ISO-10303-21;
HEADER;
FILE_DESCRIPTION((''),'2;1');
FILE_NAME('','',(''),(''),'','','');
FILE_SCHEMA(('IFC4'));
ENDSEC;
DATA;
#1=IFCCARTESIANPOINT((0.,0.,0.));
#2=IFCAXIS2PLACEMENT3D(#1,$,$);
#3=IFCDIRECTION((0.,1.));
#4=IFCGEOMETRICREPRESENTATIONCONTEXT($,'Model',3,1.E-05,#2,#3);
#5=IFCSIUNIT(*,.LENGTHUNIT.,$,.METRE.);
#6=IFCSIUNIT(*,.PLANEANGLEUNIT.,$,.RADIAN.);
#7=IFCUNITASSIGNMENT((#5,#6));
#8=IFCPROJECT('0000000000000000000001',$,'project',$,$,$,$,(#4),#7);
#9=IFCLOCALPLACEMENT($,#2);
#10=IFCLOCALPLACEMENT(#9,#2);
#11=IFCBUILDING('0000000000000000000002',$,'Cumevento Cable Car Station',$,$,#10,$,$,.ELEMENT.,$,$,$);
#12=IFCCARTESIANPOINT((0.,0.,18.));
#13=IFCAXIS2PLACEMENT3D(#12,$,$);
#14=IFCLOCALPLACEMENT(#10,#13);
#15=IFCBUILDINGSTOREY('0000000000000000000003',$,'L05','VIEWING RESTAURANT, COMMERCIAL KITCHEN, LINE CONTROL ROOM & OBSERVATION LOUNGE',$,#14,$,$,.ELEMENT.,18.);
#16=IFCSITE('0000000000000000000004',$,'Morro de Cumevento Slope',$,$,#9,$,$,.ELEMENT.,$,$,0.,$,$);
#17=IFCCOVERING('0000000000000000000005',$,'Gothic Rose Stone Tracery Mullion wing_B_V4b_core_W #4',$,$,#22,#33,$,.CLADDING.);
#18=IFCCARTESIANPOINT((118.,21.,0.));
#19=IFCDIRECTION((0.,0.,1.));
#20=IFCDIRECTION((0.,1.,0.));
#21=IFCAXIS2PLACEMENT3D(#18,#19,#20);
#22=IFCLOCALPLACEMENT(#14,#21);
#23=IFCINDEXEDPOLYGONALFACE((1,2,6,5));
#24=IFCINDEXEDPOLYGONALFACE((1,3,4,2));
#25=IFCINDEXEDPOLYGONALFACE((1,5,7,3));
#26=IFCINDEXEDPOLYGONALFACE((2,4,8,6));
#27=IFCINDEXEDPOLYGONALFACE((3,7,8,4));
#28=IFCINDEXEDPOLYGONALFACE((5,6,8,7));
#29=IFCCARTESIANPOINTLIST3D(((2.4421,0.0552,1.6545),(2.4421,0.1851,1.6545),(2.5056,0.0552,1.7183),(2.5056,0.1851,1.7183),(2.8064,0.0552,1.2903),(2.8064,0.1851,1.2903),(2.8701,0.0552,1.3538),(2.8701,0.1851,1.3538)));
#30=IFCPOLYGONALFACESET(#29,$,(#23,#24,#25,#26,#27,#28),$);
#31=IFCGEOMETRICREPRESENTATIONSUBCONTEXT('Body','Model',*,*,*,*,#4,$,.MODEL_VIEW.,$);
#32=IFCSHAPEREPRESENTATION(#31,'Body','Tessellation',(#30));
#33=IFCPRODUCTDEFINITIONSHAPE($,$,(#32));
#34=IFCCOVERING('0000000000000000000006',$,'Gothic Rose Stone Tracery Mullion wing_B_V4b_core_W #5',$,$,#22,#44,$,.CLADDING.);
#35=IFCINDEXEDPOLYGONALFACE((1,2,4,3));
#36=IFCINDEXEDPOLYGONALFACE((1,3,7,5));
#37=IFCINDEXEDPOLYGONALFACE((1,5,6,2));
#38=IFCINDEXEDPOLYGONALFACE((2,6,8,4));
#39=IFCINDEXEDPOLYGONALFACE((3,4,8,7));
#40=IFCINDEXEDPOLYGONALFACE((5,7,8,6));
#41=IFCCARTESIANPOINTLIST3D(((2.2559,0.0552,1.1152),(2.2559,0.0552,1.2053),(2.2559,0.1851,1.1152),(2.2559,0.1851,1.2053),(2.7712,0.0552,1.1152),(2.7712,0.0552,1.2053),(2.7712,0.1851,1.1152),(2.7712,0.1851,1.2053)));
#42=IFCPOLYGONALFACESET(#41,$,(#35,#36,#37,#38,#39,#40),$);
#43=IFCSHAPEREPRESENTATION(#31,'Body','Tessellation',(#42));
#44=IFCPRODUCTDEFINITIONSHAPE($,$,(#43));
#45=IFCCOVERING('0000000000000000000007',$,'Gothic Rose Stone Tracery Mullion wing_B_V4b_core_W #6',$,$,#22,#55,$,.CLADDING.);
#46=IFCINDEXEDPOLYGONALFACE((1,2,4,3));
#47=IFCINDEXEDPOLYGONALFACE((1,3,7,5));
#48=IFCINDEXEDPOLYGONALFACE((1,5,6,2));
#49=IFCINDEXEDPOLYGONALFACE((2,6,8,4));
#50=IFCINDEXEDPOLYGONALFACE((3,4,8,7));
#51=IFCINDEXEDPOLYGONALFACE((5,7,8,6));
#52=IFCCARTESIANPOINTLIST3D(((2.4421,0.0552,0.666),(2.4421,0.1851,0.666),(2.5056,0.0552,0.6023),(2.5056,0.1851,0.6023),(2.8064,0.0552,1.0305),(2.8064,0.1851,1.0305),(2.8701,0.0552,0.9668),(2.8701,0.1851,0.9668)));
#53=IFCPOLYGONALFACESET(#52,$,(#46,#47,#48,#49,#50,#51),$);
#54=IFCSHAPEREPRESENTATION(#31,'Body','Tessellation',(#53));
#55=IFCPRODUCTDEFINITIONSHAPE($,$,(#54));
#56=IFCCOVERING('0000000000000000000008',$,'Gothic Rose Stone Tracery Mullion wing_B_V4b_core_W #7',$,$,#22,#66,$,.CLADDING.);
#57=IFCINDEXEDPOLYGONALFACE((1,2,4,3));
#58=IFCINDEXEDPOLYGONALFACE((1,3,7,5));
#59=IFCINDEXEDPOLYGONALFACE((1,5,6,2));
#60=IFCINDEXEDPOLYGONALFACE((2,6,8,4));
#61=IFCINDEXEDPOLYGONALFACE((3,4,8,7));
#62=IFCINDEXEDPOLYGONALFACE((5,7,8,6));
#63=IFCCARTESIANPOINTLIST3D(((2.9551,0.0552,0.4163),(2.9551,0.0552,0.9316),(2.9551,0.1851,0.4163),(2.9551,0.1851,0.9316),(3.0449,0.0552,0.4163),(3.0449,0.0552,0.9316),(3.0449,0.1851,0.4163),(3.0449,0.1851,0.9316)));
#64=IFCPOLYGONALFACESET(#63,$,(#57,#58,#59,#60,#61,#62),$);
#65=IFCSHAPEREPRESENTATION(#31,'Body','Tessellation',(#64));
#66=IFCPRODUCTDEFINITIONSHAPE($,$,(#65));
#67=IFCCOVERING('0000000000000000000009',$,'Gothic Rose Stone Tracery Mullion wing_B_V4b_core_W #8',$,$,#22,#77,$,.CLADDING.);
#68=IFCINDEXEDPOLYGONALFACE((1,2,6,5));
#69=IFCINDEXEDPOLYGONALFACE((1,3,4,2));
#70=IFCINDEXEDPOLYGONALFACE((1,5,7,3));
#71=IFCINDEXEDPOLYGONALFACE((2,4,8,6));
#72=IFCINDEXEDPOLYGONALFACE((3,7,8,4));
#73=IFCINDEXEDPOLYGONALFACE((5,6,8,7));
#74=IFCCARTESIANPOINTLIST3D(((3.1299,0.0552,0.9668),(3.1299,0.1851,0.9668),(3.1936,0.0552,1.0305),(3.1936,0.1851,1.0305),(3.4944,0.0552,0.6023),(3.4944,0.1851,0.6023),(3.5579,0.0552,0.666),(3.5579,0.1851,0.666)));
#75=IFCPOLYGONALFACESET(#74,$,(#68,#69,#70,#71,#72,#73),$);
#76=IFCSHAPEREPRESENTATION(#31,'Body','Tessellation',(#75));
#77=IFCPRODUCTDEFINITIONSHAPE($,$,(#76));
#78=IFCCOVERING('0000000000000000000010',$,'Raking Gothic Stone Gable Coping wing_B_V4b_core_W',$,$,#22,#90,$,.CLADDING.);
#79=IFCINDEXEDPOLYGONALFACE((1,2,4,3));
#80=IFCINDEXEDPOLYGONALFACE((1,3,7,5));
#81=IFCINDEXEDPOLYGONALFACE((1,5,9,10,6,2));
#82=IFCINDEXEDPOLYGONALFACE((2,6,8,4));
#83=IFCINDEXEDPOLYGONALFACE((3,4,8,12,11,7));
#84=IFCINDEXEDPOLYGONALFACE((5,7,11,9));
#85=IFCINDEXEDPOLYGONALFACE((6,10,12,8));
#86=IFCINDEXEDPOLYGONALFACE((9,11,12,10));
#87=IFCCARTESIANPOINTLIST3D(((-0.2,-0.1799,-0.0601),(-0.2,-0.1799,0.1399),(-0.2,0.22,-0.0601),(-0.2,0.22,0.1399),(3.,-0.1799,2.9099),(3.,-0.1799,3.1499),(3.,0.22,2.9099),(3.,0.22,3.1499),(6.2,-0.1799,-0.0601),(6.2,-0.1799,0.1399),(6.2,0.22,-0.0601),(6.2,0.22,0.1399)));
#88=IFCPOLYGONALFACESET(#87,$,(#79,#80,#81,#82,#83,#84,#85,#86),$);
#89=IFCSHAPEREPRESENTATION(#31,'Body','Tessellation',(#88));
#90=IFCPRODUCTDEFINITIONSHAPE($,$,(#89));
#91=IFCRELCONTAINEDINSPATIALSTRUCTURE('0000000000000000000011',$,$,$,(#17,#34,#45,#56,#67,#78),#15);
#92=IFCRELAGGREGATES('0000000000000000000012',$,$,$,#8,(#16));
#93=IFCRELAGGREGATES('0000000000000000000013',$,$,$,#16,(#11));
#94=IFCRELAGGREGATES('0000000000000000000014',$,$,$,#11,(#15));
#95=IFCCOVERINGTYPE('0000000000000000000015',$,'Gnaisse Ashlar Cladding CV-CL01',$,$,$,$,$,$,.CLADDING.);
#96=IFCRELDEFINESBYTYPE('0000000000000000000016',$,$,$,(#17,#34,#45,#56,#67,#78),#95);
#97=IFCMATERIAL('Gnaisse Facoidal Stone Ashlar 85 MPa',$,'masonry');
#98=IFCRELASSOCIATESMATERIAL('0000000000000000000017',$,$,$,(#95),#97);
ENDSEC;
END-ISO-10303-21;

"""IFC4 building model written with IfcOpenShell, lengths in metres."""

from ifc_helpers import new_model, si_unit, direction, frame, origin, place, context, subcontext, project, spatial, polyline, outline, extrude, material, type_object, element, save


model = new_model("IFC4")

# Units and contexts
model_context = context("Model", 3, precision=1e-05, world=origin(), true_north=direction((0.0, 1.0)))
body_context = subcontext(model_context, "Body", "Model", "MODEL_VIEW")
ifc_project = project(units=[si_unit("LENGTHUNIT", "METRE"), si_unit("PLANEANGLEUNIT", "RADIAN")], contexts=[model_context])

# Site, building, storey
site_placement = place(None, origin())
site = spatial("IfcSite", under=ifc_project, at=site_placement, Name="Morro de Cumevento Slope", CompositionType="ELEMENT", RefElevation=0.0)
building_placement = place(site_placement, origin())
building = spatial("IfcBuilding", under=site, at=building_placement, Name="Cumevento Cable Car Station", CompositionType="ELEMENT")
storey_placement = place(building_placement, frame((0.0, 0.0, 18.0)))
storey = spatial("IfcBuildingStorey", under=building, at=storey_placement, Name="L05", Description="VIEWING RESTAURANT, COMMERCIAL KITCHEN, LINE CONTROL ROOM & OBSERVATION LOUNGE", CompositionType="ELEMENT", Elevation=18.0)

# Coverings
ifc_material_1 = material(Name="Gnaisse Facoidal Stone Ashlar 85 MPa", Category="masonry")
covering_type_1 = type_object("IfcCoveringType", Name="Gnaisse Ashlar Cladding CV-CL01", PredefinedType="CLADDING", material=ifc_material_1)
placement = place(storey_placement, frame((118.0, 21.0, 0.0), z_axis=(0.0, 0.0, 1.0), x_axis=(0.0, 1.0, 0.0)))
element("IfcCovering", 1, at=placement, inside=storey, type_object=covering_type_1, Name="Gothic Rose Stone Tracery Mullion wing_B_V4b_core_W #4", PredefinedType="CLADDING", context=body_context, shape_type="SweptSolid", body=[
    extrude(outline(polyline([(2.8064, 1.2903), (2.4421, 1.6545), (2.5056, 1.7183), (2.8701, 1.3538), (2.8064, 1.2903)])), frame((0.0, 0.1851, 0.0), z_axis=(0.0, -1.0, 0.0), x_axis=(1.0, 0.0, 0.0)), (0.0, 0.0, 1.0), 0.1299),
])
element("IfcCovering", 2, at=placement, inside=storey, type_object=covering_type_1, Name="Gothic Rose Stone Tracery Mullion wing_B_V4b_core_W #5", PredefinedType="CLADDING", context=body_context, shape_type="SweptSolid", body=[
    extrude(outline(polyline([(2.7712, 1.1152), (2.2559, 1.1152), (2.2559, 1.2053), (2.7712, 1.2053), (2.7712, 1.1152)])), frame((0.0, 0.1851, 0.0), z_axis=(0.0, -1.0, 0.0), x_axis=(1.0, 0.0, 0.0)), (0.0, 0.0, 1.0), 0.1299),
])
element("IfcCovering", 3, at=placement, inside=storey, type_object=covering_type_1, Name="Gothic Rose Stone Tracery Mullion wing_B_V4b_core_W #6", PredefinedType="CLADDING", context=body_context, shape_type="SweptSolid", body=[
    extrude(outline(polyline([(2.8701, 0.9668), (2.5056, 0.6023), (2.4421, 0.666), (2.8064, 1.0305), (2.8701, 0.9668)])), frame((0.0, 0.1851, 0.0), z_axis=(0.0, -1.0, 0.0), x_axis=(1.0, 0.0, 0.0)), (0.0, 0.0, 1.0), 0.1299),
])
element("IfcCovering", 4, at=placement, inside=storey, type_object=covering_type_1, Name="Gothic Rose Stone Tracery Mullion wing_B_V4b_core_W #7", PredefinedType="CLADDING", context=body_context, shape_type="SweptSolid", body=[
    extrude(outline(polyline([(3.0449, 0.9316), (3.0449, 0.4163), (2.9551, 0.4163), (2.9551, 0.9316), (3.0449, 0.9316)])), frame((0.0, 0.1851, 0.0), z_axis=(0.0, -1.0, 0.0), x_axis=(1.0, 0.0, 0.0)), (0.0, 0.0, 1.0), 0.1299),
])
element("IfcCovering", 5, at=placement, inside=storey, type_object=covering_type_1, Name="Gothic Rose Stone Tracery Mullion wing_B_V4b_core_W #8", PredefinedType="CLADDING", context=body_context, shape_type="SweptSolid", body=[
    extrude(outline(polyline([(3.1936, 1.0305), (3.5579, 0.666), (3.4944, 0.6023), (3.1299, 0.9668), (3.1936, 1.0305)])), frame((0.0, 0.1851, 0.0), z_axis=(0.0, -1.0, 0.0), x_axis=(1.0, 0.0, 0.0)), (0.0, 0.0, 1.0), 0.1299),
])
element("IfcCovering", 6, at=placement, inside=storey, type_object=covering_type_1, Name="Raking Gothic Stone Gable Coping wing_B_V4b_core_W", PredefinedType="CLADDING", context=body_context, shape_type="SweptSolid", body=[
    extrude(outline(polyline([(-0.2, -0.0601), (3.0, 2.9099), (6.2, -0.0601), (6.2, 0.1399), (3.0, 3.1499), (-0.2, 0.1399), (-0.2, -0.0601)])), frame((0.0, 0.22, 0.0), z_axis=(0.0, -1.0, 0.0), x_axis=(1.0, 0.0, 0.0)), (0.0, 0.0, 1.0), 0.3999),
])

save(model, "model.ifc")
